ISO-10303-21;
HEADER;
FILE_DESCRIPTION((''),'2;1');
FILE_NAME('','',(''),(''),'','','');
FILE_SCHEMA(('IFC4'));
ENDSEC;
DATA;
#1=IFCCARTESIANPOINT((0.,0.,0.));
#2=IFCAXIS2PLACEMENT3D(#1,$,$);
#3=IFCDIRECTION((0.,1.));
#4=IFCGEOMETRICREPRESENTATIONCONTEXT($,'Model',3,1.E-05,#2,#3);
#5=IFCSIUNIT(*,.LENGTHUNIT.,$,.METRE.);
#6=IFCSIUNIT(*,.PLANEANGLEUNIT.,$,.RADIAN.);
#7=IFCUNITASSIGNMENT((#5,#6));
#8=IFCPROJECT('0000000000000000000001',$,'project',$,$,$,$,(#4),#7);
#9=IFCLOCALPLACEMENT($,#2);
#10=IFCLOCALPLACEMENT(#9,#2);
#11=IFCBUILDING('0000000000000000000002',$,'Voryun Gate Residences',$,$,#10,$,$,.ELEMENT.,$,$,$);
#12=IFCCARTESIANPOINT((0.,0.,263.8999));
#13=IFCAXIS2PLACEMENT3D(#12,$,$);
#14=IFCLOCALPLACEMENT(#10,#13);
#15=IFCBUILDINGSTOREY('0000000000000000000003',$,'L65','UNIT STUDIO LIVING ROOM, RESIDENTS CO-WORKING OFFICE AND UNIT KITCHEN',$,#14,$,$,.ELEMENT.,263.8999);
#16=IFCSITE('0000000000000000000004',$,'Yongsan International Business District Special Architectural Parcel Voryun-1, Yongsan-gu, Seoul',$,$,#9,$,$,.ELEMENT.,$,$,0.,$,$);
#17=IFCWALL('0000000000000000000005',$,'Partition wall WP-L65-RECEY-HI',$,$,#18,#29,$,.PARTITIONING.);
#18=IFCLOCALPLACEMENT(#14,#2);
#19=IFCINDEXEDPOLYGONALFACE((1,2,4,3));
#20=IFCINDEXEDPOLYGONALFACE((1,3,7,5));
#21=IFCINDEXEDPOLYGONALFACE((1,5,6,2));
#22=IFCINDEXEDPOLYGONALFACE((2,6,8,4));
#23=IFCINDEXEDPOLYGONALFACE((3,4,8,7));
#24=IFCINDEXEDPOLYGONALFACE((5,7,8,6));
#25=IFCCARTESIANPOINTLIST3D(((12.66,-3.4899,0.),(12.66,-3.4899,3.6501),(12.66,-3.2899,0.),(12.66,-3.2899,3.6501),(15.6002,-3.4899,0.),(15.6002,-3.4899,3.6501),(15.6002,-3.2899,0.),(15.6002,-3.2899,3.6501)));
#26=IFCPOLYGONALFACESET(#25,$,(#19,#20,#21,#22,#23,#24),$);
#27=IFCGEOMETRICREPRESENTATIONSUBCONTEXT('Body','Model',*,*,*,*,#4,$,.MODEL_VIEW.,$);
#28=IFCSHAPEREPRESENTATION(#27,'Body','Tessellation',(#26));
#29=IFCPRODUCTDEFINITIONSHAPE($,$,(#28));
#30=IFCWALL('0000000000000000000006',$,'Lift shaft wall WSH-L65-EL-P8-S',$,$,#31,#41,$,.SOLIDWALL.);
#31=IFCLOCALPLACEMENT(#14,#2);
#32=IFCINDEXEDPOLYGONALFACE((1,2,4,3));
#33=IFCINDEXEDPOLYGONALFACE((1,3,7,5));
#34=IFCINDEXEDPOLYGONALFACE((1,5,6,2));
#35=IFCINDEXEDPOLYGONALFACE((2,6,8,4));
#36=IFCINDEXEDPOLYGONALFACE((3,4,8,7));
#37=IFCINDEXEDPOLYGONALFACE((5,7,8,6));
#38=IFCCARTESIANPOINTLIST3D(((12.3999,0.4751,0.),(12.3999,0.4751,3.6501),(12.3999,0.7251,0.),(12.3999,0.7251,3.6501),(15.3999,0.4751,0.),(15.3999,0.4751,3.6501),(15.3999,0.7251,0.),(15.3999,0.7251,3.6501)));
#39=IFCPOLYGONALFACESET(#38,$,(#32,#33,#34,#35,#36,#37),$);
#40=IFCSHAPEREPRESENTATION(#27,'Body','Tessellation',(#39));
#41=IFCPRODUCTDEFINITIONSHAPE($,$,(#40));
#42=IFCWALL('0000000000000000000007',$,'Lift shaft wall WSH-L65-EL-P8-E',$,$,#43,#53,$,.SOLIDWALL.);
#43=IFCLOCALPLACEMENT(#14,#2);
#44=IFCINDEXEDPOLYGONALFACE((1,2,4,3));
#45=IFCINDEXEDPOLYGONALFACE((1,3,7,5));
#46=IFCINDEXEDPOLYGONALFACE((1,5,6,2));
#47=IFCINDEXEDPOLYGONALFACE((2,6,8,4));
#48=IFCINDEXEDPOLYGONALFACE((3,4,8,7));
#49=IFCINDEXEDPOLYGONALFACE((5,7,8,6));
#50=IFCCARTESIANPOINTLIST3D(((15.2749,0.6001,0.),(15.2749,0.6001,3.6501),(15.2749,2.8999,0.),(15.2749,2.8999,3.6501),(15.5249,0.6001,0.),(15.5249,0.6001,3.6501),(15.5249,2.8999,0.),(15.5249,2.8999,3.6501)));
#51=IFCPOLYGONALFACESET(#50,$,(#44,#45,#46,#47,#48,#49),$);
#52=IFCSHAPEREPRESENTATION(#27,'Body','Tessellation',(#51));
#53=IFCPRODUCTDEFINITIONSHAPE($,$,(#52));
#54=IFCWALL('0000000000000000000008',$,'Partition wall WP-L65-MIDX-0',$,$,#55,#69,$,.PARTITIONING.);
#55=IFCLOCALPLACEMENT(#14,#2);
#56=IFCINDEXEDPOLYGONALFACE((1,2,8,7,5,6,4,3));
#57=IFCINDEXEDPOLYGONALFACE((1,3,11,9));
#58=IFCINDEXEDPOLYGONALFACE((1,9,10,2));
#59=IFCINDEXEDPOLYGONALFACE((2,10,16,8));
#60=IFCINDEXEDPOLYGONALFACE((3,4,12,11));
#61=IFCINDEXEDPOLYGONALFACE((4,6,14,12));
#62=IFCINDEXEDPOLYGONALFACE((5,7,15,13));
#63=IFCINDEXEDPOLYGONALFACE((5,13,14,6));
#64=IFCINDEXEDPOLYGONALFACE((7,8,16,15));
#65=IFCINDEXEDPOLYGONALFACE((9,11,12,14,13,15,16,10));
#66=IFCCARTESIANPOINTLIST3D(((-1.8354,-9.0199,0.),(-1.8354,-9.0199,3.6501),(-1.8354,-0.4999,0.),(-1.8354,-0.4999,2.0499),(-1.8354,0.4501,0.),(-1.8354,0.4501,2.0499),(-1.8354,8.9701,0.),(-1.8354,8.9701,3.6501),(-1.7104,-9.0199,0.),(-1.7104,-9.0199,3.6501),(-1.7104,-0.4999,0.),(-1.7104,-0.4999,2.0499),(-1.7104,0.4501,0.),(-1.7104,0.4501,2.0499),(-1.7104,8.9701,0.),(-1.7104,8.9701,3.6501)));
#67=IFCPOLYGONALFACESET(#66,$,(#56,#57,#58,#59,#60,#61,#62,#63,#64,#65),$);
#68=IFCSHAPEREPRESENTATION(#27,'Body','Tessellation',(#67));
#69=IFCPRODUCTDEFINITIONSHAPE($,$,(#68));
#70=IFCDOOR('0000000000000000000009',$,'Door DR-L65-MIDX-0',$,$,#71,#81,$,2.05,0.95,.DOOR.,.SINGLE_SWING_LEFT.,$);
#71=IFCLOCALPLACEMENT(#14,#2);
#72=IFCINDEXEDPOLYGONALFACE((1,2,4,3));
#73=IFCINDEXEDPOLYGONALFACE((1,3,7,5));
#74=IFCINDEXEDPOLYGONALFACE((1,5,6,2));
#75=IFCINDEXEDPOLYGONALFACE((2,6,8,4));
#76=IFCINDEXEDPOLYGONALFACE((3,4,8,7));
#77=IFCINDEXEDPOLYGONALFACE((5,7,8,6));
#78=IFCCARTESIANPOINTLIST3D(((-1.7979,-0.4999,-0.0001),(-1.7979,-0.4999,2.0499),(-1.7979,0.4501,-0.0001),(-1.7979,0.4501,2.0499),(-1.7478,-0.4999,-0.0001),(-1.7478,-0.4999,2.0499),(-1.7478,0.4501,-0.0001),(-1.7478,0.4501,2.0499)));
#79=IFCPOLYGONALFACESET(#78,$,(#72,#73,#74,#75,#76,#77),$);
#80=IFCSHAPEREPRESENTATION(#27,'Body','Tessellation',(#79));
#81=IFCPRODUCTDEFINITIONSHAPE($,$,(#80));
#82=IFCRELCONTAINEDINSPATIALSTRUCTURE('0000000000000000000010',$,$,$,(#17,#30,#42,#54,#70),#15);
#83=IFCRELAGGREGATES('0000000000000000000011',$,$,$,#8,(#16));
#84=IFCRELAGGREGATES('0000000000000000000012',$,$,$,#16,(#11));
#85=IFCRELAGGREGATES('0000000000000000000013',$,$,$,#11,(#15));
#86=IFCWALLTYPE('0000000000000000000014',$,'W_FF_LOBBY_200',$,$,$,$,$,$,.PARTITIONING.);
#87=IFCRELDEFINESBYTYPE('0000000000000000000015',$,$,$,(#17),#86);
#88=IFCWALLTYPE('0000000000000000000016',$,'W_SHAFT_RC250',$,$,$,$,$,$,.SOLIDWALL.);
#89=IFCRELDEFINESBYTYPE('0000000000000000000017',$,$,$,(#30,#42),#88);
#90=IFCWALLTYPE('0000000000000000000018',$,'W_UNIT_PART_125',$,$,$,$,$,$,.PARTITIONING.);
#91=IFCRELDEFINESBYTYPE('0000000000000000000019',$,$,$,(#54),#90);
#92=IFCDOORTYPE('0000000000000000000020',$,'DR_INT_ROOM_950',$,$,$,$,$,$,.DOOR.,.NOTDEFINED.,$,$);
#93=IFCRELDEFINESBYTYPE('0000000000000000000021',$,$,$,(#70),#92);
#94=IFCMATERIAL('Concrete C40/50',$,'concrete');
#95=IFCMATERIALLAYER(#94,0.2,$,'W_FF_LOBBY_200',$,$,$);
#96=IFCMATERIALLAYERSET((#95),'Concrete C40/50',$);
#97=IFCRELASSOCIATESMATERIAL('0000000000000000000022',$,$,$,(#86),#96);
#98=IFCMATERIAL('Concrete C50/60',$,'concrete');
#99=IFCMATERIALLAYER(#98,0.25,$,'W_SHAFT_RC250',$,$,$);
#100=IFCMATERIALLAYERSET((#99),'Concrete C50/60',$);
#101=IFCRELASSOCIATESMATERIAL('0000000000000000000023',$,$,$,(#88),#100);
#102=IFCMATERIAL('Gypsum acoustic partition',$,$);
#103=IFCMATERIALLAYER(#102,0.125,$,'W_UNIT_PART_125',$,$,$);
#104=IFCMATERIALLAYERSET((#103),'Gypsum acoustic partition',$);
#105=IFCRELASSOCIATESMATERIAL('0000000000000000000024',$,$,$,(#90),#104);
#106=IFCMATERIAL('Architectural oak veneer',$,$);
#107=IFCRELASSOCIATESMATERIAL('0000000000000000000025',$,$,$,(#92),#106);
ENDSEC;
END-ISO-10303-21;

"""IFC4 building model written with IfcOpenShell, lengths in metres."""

from ifc_helpers import new_model, si_unit, direction, frame, frame_2d, origin, place, context, subcontext, project, spatial, rectangle, extrude, material, layer, layer_set, type_object, element, fill, save


model = new_model("IFC4")

# Units and contexts
model_context = context("Model", 3, precision=1e-05, world=origin(), true_north=direction((0.0, 1.0)))
body_context = subcontext(model_context, "Body", "Model", "MODEL_VIEW")
ifc_project = project(units=[si_unit("LENGTHUNIT", "METRE"), si_unit("PLANEANGLEUNIT", "RADIAN")], contexts=[model_context])

# Site, building, storey
site_placement = place(None, origin())
site = spatial("IfcSite", under=ifc_project, at=site_placement, Name="Yongsan International Business District Special Architectural Parcel Voryun-1, Yongsan-gu, Seoul", CompositionType="ELEMENT", RefElevation=0.0)
building_placement = place(site_placement, origin())
building = spatial("IfcBuilding", under=site, at=building_placement, Name="Voryun Gate Residences", CompositionType="ELEMENT")
storey_placement = place(building_placement, frame((0.0, 0.0, 263.8999)))
storey = spatial("IfcBuildingStorey", under=building, at=storey_placement, Name="L65", Description="UNIT STUDIO LIVING ROOM, RESIDENTS CO-WORKING OFFICE AND UNIT KITCHEN", CompositionType="ELEMENT", Elevation=263.8999)

# Walls
ifc_material_1 = material(Name="Concrete C40/50", Category="concrete")
ifc_layer_1 = layer(ifc_material_1, 0.2, Name="W_FF_LOBBY_200")
ifc_layer_set_1 = layer_set([ifc_layer_1], Name="Concrete C40/50")
wall_type_1 = type_object("IfcWallType", Name="W_FF_LOBBY_200", PredefinedType="PARTITIONING", material=ifc_layer_set_1)
wall_1_placement = place(storey_placement, frame((12.6599, -3.3899, 0.0), z_axis=(0.0, 0.0, 1.0), x_axis=(1.0, 0.0, 0.0)))
element("IfcWall", 1, at=wall_1_placement, inside=storey, type_object=wall_type_1, Name="Partition wall WP-L65-RECEY-HI", PredefinedType="PARTITIONING", context=body_context, shape_type="SweptSolid", body=[
    extrude(rectangle(XDim=2.9402, YDim=0.2, at=frame_2d((1.4702, 0.0))), origin(), (0.0, 0.0, 1.0), 3.6501),
])
ifc_material_2 = material(Name="Concrete C50/60", Category="concrete")
ifc_layer_2 = layer(ifc_material_2, 0.25, Name="W_SHAFT_RC250")
ifc_layer_set_2 = layer_set([ifc_layer_2], Name="Concrete C50/60")
wall_type_2 = type_object("IfcWallType", Name="W_SHAFT_RC250", PredefinedType="SOLIDWALL", material=ifc_layer_set_2)
wall_2_placement = place(storey_placement, frame((12.3999, 0.6001, 0.0), z_axis=(0.0, 0.0, 1.0), x_axis=(1.0, 0.0, 0.0)))
element("IfcWall", 2, at=wall_2_placement, inside=storey, type_object=wall_type_2, Name="Lift shaft wall WSH-L65-EL-P8-S", PredefinedType="SOLIDWALL", context=body_context, shape_type="SweptSolid", body=[
    extrude(rectangle(XDim=3.0, YDim=0.25, at=frame_2d((1.5, 0.0))), origin(), (0.0, 0.0, 1.0), 3.6501),
])
wall_3_placement = place(storey_placement, frame((15.3999, 0.6001, 0.0), z_axis=(0.0, 0.0, 1.0), x_axis=(0.0, 1.0, 0.0)))
element("IfcWall", 3, at=wall_3_placement, inside=storey, type_object=wall_type_2, Name="Lift shaft wall WSH-L65-EL-P8-E", PredefinedType="SOLIDWALL", context=body_context, shape_type="SweptSolid", body=[
    extrude(rectangle(XDim=2.2998, YDim=0.25, at=frame_2d((1.1499, 0.0))), origin(), (0.0, 0.0, 1.0), 3.6501),
])

# Wall, opening, door
ifc_material_3 = material(Name="Gypsum acoustic partition")
ifc_layer_3 = layer(ifc_material_3, 0.125, Name="W_UNIT_PART_125")
ifc_layer_set_3 = layer_set([ifc_layer_3], Name="Gypsum acoustic partition")
wall_type_3 = type_object("IfcWallType", Name="W_UNIT_PART_125", PredefinedType="PARTITIONING", material=ifc_layer_set_3)
wall_4_placement = place(storey_placement, frame((-1.7729, -9.02, 0.0), z_axis=(0.0, 0.0, 1.0), x_axis=(0.0, 1.0, 0.0)))
wall_4 = element("IfcWall", 4, at=wall_4_placement, inside=storey, type_object=wall_type_3, Name="Partition wall WP-L65-MIDX-0", PredefinedType="PARTITIONING", context=body_context, shape_type="SweptSolid", body=[
    extrude(rectangle(XDim=17.99, YDim=0.125, at=frame_2d((8.9951, 0.0))), origin(), (0.0, 0.0, 1.0), 3.6501),
])
opening_1_placement = place(wall_4_placement, frame((8.52, 0.0, 0.0)))
opening_1 = element("IfcOpeningElement", 5, at=opening_1_placement, cuts=wall_4, PredefinedType="OPENING", context=body_context, shape_type="SweptSolid", body=[
    extrude(rectangle(XDim=0.95, YDim=2.05, at=frame_2d((0.4751, 1.0249))), frame((0.0, 0.0725, 0.0), z_axis=(0.0, -1.0, 0.0), x_axis=(1.0, 0.0, 0.0)), (0.0, 0.0, 1.0), 0.145),
])
ifc_material_4 = material(Name="Architectural oak veneer")
door_type_1 = type_object("IfcDoorType", Name="DR_INT_ROOM_950", OperationType="NOTDEFINED", PredefinedType="DOOR", material=ifc_material_4)
door_1_placement = place(opening_1_placement, origin())
door_1 = element("IfcDoor", 6, at=door_1_placement, inside=storey, type_object=door_type_1, Name="Door DR-L65-MIDX-0", OperationType="SINGLE_SWING_LEFT", OverallHeight=2.05, OverallWidth=0.95, PredefinedType="DOOR", context=body_context, shape_type="SweptSolid", body=[
    extrude(rectangle(XDim=0.95, YDim=2.05, at=frame_2d((0.4751, 1.0249))), frame((0.0, 0.0249, 0.0), z_axis=(0.0, -1.0, 0.0), x_axis=(1.0, 0.0, 0.0)), (0.0, 0.0, 1.0), 0.05),
])
fill(opening_1, door_1)

save(model, "model.ifc")
